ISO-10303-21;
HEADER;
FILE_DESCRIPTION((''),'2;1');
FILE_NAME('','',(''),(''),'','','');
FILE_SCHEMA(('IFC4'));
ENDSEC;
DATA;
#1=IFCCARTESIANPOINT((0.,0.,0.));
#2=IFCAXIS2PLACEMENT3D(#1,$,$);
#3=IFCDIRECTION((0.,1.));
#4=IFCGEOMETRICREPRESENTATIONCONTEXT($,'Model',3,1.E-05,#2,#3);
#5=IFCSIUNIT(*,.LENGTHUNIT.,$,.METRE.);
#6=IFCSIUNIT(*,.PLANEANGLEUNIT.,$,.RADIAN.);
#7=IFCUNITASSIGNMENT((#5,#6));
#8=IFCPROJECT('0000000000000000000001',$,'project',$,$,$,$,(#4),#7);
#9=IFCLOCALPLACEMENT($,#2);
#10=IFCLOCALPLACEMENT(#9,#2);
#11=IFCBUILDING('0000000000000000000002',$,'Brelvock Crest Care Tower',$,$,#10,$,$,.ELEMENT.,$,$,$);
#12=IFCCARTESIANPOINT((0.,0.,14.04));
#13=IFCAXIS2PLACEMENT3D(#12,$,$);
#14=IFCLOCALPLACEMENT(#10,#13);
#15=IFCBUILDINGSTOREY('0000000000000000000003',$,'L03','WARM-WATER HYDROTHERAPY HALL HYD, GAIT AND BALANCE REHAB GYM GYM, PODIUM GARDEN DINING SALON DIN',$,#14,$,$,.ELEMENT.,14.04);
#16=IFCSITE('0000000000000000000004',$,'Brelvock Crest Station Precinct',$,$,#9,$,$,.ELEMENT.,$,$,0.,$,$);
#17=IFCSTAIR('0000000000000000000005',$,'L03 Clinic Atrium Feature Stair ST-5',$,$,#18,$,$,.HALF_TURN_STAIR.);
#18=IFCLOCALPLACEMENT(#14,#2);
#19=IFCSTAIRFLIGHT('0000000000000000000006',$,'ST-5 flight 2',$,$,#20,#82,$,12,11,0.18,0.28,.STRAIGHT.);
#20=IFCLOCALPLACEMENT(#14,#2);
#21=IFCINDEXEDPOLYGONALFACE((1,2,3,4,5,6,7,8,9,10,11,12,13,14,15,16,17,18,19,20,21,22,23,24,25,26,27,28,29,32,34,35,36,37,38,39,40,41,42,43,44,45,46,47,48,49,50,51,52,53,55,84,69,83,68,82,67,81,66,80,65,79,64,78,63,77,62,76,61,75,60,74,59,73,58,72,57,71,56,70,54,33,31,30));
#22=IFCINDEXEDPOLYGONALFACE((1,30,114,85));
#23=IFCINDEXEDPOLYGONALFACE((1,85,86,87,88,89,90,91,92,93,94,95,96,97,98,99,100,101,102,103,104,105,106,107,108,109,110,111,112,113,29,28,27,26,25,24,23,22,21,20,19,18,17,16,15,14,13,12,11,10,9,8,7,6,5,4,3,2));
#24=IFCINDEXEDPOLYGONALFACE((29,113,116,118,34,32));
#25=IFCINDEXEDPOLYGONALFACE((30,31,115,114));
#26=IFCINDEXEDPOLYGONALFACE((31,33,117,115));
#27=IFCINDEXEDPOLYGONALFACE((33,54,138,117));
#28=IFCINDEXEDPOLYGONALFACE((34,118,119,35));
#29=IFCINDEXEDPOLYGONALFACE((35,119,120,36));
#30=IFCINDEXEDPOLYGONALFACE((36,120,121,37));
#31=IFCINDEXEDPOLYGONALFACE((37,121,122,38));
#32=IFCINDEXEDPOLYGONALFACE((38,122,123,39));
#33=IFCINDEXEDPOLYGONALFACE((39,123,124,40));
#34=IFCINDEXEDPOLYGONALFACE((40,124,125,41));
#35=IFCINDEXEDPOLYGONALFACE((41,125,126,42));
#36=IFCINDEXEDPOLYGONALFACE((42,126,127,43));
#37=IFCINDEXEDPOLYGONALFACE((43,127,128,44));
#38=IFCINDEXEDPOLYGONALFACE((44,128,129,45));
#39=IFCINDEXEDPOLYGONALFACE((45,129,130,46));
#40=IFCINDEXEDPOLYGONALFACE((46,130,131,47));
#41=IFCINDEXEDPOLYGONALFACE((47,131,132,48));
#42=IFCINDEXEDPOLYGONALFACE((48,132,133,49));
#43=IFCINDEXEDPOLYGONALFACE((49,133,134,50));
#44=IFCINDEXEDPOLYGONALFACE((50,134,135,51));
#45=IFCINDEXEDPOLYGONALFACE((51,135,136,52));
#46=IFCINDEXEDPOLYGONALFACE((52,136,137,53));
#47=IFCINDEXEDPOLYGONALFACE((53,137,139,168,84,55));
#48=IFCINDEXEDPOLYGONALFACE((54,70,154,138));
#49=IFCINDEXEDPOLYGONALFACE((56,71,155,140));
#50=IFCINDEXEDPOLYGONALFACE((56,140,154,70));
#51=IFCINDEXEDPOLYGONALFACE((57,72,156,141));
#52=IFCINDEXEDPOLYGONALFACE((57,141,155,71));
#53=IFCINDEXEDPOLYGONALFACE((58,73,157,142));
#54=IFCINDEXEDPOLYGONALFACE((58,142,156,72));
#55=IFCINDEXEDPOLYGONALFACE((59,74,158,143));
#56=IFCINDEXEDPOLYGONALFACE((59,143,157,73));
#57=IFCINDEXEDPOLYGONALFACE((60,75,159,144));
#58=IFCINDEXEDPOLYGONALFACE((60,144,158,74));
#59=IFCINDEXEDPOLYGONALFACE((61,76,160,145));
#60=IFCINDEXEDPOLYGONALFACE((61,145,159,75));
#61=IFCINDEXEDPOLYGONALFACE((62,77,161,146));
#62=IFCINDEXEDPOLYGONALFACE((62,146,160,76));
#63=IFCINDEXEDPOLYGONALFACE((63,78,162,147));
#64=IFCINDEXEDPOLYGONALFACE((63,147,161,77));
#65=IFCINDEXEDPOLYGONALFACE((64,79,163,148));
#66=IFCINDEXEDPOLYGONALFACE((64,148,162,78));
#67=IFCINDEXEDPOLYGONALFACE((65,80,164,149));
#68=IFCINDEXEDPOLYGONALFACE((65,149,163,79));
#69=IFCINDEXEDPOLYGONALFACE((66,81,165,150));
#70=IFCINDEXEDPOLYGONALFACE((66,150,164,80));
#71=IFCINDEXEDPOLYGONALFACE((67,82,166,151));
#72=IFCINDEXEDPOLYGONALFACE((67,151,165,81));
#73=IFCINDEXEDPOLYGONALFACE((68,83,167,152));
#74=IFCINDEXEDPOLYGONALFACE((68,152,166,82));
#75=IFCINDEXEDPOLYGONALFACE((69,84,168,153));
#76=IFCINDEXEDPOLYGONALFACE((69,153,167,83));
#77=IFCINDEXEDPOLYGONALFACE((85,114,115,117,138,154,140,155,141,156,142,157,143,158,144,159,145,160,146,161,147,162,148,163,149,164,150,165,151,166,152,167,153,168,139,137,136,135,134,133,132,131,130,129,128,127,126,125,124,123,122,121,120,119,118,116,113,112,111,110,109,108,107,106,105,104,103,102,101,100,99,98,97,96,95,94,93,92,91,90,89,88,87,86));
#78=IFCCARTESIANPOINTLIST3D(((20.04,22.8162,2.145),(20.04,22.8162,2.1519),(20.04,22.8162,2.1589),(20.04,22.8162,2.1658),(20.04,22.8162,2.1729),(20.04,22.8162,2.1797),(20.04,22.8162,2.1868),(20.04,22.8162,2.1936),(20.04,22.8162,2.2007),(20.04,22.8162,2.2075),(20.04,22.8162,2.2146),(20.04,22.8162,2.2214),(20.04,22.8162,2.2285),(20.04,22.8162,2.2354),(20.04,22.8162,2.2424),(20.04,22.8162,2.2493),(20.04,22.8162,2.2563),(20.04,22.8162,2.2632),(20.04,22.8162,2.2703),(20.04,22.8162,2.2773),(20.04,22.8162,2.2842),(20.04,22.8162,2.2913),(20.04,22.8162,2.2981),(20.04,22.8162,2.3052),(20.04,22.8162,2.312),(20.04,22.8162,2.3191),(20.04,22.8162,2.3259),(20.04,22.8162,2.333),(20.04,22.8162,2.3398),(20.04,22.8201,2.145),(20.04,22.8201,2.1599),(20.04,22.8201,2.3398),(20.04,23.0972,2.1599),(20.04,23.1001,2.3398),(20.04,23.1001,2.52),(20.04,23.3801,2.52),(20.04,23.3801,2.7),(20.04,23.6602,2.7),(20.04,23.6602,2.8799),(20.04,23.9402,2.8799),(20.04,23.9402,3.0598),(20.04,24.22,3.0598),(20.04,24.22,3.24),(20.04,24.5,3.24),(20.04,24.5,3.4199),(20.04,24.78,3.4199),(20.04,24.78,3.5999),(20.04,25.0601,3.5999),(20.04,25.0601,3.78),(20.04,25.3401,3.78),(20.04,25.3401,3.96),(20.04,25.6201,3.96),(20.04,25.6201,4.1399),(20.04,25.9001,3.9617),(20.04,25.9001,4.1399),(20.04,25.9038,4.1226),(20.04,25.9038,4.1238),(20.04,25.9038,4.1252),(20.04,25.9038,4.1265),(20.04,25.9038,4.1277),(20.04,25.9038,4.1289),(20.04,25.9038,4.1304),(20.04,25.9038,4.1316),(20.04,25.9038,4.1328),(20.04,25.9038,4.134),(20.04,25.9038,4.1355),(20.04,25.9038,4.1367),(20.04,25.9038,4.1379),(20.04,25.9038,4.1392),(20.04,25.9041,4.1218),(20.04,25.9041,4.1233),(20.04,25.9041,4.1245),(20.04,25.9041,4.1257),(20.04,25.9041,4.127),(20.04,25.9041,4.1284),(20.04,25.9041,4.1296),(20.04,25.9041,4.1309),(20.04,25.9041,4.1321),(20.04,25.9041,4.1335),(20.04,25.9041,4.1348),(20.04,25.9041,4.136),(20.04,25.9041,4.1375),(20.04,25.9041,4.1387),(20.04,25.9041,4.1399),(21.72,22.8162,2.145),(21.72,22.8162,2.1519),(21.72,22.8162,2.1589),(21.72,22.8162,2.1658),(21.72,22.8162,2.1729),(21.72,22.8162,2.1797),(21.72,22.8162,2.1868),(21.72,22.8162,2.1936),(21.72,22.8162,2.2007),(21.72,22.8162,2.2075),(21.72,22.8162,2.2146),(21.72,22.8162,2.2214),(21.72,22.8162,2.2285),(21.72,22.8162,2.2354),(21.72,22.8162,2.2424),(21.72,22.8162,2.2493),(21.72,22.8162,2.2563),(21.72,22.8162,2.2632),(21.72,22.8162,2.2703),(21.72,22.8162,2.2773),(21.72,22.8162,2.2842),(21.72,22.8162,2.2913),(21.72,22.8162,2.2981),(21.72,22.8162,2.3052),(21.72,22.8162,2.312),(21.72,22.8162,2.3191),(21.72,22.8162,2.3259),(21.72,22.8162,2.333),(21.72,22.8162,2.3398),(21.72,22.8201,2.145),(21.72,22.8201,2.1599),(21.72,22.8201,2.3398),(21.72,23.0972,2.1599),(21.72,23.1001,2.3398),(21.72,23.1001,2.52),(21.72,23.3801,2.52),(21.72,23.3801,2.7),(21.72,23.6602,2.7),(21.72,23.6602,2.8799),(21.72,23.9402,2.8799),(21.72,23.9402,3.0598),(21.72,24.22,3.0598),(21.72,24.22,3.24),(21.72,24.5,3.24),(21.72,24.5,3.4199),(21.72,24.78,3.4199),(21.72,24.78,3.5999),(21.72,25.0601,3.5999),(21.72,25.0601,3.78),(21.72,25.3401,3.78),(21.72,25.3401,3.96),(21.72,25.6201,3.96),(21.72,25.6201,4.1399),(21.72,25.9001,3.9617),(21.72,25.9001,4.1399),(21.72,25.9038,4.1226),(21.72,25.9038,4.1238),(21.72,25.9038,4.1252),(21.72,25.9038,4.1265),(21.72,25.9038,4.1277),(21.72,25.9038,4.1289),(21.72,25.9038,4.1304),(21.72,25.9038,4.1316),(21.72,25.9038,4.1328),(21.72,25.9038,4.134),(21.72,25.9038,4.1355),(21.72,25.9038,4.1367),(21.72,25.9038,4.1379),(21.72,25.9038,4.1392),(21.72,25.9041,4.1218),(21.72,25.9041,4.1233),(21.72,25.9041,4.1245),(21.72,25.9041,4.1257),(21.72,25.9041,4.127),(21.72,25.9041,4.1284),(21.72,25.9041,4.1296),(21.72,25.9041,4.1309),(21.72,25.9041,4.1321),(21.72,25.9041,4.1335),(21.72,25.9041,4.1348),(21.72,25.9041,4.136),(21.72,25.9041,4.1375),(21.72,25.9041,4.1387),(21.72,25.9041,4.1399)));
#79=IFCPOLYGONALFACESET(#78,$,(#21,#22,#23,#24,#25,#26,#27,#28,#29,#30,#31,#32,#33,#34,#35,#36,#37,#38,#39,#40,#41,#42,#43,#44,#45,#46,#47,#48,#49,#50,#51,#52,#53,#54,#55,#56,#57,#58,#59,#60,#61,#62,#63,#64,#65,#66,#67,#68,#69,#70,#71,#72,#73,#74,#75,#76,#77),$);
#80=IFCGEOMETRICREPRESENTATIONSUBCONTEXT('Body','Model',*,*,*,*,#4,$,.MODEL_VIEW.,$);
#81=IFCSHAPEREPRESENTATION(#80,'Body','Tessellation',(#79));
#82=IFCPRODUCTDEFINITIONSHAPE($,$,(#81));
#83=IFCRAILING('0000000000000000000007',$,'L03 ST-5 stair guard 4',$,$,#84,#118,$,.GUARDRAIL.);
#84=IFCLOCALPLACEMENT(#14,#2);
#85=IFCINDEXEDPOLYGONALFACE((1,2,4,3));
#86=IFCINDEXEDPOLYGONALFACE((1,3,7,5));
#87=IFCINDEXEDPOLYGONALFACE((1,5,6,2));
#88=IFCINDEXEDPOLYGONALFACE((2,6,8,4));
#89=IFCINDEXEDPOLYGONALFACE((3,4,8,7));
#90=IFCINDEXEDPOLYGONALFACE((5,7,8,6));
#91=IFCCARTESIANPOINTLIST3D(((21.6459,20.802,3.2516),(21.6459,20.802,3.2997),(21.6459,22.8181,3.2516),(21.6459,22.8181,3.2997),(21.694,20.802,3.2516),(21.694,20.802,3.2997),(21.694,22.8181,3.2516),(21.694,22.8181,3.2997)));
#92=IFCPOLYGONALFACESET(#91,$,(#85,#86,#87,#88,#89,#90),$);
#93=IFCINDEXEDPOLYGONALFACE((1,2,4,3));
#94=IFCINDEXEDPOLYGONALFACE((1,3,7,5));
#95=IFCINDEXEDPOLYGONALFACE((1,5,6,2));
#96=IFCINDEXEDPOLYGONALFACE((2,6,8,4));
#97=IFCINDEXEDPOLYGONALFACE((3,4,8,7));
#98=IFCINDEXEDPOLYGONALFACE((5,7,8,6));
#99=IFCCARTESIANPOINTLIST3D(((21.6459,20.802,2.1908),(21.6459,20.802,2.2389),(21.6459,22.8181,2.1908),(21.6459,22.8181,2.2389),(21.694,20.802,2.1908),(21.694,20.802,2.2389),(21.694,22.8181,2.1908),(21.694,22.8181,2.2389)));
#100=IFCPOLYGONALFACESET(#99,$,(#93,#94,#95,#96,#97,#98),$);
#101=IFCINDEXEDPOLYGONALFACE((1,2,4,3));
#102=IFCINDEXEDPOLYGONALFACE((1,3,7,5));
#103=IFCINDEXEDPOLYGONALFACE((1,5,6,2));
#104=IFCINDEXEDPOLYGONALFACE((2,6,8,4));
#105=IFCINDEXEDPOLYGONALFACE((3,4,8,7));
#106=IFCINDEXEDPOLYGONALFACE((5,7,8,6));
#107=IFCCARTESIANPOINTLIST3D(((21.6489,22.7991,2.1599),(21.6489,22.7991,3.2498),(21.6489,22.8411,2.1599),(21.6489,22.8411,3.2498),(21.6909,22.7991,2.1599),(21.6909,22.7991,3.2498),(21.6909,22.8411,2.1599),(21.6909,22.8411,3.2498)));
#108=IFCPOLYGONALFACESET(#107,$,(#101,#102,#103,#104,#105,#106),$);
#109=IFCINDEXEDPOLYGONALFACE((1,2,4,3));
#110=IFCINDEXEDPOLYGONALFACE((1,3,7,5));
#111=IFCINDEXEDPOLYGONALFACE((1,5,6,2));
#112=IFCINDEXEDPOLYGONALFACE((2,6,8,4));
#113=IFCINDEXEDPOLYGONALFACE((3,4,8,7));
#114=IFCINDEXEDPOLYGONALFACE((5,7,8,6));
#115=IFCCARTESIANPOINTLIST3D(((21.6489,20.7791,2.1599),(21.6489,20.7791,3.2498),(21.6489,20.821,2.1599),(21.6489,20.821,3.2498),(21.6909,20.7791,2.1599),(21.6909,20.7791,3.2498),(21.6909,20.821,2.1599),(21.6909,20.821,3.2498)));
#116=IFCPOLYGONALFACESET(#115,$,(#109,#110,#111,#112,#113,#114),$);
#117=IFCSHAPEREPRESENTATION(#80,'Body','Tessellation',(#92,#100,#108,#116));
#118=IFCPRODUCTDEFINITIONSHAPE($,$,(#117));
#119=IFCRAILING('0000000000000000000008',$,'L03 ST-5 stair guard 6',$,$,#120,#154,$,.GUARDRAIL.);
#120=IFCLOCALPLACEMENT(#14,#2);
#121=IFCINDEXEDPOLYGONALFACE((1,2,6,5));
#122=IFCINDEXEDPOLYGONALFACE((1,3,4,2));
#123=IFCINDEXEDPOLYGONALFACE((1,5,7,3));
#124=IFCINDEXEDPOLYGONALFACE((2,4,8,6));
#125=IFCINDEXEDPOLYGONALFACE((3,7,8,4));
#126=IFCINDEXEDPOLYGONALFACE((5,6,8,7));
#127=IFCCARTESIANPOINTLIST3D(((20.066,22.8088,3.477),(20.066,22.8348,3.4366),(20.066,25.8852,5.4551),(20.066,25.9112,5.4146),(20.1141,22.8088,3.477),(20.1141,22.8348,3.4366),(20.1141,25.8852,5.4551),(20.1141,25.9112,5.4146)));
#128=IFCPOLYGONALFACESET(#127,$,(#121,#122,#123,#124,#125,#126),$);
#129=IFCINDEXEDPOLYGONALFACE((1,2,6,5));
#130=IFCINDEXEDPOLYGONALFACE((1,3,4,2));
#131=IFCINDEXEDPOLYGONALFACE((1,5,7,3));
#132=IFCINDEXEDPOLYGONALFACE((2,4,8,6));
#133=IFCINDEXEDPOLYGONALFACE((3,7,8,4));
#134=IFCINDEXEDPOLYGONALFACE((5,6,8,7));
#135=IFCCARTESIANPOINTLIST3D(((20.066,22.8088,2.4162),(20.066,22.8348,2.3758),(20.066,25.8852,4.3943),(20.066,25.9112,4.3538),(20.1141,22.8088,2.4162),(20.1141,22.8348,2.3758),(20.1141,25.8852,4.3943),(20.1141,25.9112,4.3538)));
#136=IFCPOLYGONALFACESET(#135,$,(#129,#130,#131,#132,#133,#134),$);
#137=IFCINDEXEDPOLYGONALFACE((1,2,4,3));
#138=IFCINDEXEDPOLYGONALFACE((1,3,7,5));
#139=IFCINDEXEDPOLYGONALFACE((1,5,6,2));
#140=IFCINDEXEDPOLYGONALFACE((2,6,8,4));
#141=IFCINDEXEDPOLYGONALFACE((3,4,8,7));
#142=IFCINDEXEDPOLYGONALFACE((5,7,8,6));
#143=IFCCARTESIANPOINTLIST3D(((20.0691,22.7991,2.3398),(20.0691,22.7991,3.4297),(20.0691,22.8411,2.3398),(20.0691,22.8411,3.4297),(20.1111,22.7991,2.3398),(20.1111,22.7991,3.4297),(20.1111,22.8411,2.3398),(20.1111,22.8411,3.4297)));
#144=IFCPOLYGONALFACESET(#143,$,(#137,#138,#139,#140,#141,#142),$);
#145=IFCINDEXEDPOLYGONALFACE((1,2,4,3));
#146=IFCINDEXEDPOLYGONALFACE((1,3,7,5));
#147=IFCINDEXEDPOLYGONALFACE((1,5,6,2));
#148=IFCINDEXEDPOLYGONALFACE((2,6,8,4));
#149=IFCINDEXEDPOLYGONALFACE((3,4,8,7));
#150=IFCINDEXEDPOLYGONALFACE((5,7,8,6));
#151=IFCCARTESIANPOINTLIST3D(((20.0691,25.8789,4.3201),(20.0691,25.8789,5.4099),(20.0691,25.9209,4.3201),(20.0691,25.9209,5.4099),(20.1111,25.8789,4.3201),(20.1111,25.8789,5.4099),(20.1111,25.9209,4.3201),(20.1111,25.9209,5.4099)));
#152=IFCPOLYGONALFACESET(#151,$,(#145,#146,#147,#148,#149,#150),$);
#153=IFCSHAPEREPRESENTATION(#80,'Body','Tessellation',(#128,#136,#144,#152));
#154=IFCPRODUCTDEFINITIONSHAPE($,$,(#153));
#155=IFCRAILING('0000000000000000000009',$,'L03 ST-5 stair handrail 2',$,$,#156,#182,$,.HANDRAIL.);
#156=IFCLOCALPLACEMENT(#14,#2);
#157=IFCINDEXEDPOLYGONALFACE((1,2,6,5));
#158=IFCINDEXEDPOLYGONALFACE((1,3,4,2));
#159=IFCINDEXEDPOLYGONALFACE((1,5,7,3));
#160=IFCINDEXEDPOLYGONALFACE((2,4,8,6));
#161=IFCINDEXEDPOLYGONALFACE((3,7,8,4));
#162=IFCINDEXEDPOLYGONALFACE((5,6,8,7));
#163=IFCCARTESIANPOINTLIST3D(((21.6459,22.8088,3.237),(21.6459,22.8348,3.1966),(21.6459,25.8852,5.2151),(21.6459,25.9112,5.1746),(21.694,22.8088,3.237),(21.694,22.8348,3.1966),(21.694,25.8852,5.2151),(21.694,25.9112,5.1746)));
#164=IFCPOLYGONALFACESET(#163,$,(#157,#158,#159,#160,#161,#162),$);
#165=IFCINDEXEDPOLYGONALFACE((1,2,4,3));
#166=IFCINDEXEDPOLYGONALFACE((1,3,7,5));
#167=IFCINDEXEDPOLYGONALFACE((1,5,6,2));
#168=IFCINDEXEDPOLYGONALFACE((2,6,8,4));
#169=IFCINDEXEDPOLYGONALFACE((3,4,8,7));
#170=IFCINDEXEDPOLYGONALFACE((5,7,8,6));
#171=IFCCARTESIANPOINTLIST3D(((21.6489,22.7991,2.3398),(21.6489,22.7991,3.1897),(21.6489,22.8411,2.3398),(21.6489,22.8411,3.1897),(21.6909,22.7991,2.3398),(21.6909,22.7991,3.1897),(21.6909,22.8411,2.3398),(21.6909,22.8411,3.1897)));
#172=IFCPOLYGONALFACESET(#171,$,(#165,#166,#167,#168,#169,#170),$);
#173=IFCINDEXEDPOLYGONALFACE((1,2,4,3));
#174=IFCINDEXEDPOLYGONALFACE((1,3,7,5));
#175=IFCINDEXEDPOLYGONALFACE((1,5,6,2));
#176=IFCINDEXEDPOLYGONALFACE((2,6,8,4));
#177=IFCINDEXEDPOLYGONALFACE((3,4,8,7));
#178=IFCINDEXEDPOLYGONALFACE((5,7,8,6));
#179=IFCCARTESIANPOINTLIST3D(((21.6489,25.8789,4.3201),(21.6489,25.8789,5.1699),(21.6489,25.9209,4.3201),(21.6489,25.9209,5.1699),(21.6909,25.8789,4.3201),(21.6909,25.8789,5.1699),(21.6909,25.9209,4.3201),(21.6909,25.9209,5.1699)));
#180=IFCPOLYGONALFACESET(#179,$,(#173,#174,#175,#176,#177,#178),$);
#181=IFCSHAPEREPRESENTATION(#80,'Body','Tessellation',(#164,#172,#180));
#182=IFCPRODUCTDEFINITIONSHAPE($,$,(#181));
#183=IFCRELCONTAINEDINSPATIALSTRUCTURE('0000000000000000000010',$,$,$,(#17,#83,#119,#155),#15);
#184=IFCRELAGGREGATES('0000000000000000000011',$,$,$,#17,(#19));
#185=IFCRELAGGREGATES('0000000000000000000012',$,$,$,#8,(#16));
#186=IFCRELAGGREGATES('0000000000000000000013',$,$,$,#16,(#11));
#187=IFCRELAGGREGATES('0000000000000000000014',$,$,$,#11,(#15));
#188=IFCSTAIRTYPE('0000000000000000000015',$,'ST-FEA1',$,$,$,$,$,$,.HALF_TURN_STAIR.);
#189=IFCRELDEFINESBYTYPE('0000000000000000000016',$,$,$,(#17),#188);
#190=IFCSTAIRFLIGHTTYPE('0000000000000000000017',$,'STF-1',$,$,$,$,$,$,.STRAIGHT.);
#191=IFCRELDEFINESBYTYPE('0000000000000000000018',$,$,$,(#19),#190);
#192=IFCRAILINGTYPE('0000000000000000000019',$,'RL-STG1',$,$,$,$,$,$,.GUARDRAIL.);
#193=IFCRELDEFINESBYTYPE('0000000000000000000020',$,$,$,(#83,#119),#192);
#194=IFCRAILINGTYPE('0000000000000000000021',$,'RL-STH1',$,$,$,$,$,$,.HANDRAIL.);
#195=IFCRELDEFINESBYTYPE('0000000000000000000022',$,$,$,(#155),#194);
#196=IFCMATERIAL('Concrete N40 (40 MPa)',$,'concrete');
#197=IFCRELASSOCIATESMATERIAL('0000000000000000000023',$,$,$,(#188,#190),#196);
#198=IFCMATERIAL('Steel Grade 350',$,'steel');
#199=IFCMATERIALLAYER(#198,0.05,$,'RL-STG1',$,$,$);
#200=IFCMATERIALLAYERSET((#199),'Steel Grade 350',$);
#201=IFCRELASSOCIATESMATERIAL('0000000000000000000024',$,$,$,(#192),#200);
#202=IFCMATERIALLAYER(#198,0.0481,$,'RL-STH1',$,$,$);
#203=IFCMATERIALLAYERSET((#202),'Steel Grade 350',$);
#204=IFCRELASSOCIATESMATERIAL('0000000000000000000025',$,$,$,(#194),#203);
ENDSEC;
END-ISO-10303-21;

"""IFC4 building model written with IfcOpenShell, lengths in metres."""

from ifc_helpers import new_model, si_unit, direction, frame, origin, origin_2d, place, context, subcontext, project, spatial, polyline, rectangle, outline, extrude, material, layer, layer_set, type_object, element, aggregate, save


model = new_model("IFC4")

# Units and contexts
model_context = context("Model", 3, precision=1e-05, world=origin(), true_north=direction((0.0, 1.0)))
body_context = subcontext(model_context, "Body", "Model", "MODEL_VIEW")
ifc_project = project(units=[si_unit("LENGTHUNIT", "METRE"), si_unit("PLANEANGLEUNIT", "RADIAN")], contexts=[model_context])

# Site, building, storey
site_placement = place(None, origin())
site = spatial("IfcSite", under=ifc_project, at=site_placement, Name="Brelvock Crest Station Precinct", CompositionType="ELEMENT", RefElevation=0.0)
building_placement = place(site_placement, origin())
building = spatial("IfcBuilding", under=site, at=building_placement, Name="Brelvock Crest Care Tower", CompositionType="ELEMENT")
storey_placement = place(building_placement, frame((0.0, 0.0, 14.04)))
storey = spatial("IfcBuildingStorey", under=building, at=storey_placement, Name="L03", Description="WARM-WATER HYDROTHERAPY HALL HYD, GAIT AND BALANCE REHAB GYM GYM, PODIUM GARDEN DINING SALON DIN", CompositionType="ELEMENT", Elevation=14.04)

# Shared definitions
ifc_material_1 = material(Name="Steel Grade 350", Category="steel")

# Stair, stair flight
ifc_material_2 = material(Name="Concrete N40 (40 MPa)", Category="concrete")
stair_type = type_object("IfcStairType", Name="ST-FEA1", PredefinedType="HALF_TURN_STAIR", material=ifc_material_2)
stair_placement = place(storey_placement, origin())
stair = element("IfcStair", 1, at=stair_placement, inside=storey, type_object=stair_type, Name="L03 Clinic Atrium Feature Stair ST-5", PredefinedType="HALF_TURN_STAIR")
stair_flight_type = type_object("IfcStairFlightType", Name="STF-1", PredefinedType="STRAIGHT", material=ifc_material_2)
stair_flight_placement = place(storey_placement, frame((20.8799, 22.8201, 2.1599), z_axis=(0.0, 0.0, 1.0), x_axis=(0.0, 1.0, 0.0)))
stair_flight = element("IfcStairFlight", 2, at=stair_flight_placement, type_object=stair_flight_type, Name="ST-5 flight 2", NumberOfRisers=12, NumberOfTreads=11, PredefinedType="STRAIGHT", RiserHeight=0.18, TreadLength=0.28, context=body_context, shape_type="SweptSolid", body=[
    extrude(outline(polyline([(-0.0039, -0.0149), (-0.0039, -0.0081), (-0.0039, -0.001), (-0.0039, 0.0059), (-0.0039, 0.0129), (-0.0039, 0.0198), (-0.0039, 0.0269), (-0.0039, 0.0337), (-0.0039, 0.0408), (-0.0039, 0.0476), (-0.0039, 0.0547), (-0.0039, 0.0615), (-0.0039, 0.0686), (-0.0039, 0.0754), (-0.0039, 0.0825), (-0.0039, 0.0894), (-0.0039, 0.0964), (-0.0039, 0.1033), (-0.0039, 0.1104), (-0.0039, 0.1174), (-0.0039, 0.1243), (-0.0039, 0.1313), (-0.0039, 0.1382), (-0.0039, 0.1453), (-0.0039, 0.1521), (-0.0039, 0.1592), (-0.0039, 0.166), (-0.0039, 0.1731), (-0.0039, 0.1799), (0.0, 0.1799), (0.28, 0.1799), (0.28, 0.3601), (0.5601, 0.3601), (0.5601, 0.54), (0.8401, 0.54), (0.8401, 0.72), (1.1201, 0.72), (1.1201, 0.8999), (1.3999, 0.8999), (1.3999, 1.0801), (1.6799, 1.0801), (1.6799, 1.26), (1.96, 1.26), (1.96, 1.4399), (2.24, 1.4399), (2.24, 1.6201), (2.52, 1.6201), (2.52, 1.8), (2.8, 1.8), (2.8, 1.98), (3.0801, 1.98), (3.084, 1.98), (3.0837, 1.9792), (3.084, 1.9788), (3.0837, 1.978), (3.084, 1.9775), (3.0837, 1.9768), (3.084, 1.9761), (3.0837, 1.9756), (3.084, 1.9749), (3.0837, 1.9741), (3.084, 1.9736), (3.0837, 1.9729), (3.084, 1.9722), (3.0837, 1.9717), (3.084, 1.9709), (3.0837, 1.9705), (3.084, 1.9697), (3.0837, 1.969), (3.084, 1.9685), (3.0837, 1.9678), (3.084, 1.967), (3.0837, 1.9666), (3.084, 1.9658), (3.0837, 1.9653), (3.084, 1.9646), (3.0837, 1.9639), (3.084, 1.9634), (3.0837, 1.9626), (3.084, 1.9619), (3.0801, 1.8018), (0.2771, 0.0), (0.0, 0.0), (0.0, -0.0149), (-0.0039, -0.0149)])), frame((0.0, 0.8398, 0.0), z_axis=(0.0, -1.0, 0.0), x_axis=(1.0, 0.0, 0.0)), (0.0, 0.0, 1.0), 1.6799),
])
aggregate(stair, [stair_flight])

# Railings
ifc_layer_1 = layer(ifc_material_1, 0.05, Name="RL-STG1")
ifc_layer_set_1 = layer_set([ifc_layer_1], Name="Steel Grade 350")
railing_type_1 = type_object("IfcRailingType", Name="RL-STG1", PredefinedType="GUARDRAIL", material=ifc_layer_set_1)
railing_1_placement = place(storey_placement, frame((21.6699, 22.8201, 2.1599)))
element("IfcRailing", 3, at=railing_1_placement, inside=storey, type_object=railing_type_1, Name="L03 ST-5 stair guard 4", PredefinedType="GUARDRAIL", context=body_context, shape_type="SweptSolid", body=[
    extrude(rectangle(XDim=0.0481, YDim=0.0481, at=origin_2d()), frame((0.0, -0.002, 1.1157), z_axis=(0.0, -1.0, 0.0), x_axis=(1.0, 0.0, 0.0)), (0.0, 0.0, 1.0), 2.0161),
    extrude(rectangle(XDim=0.0481, YDim=0.0481, at=origin_2d()), frame((0.0, -0.002, 0.0549), z_axis=(0.0, -1.0, 0.0), x_axis=(1.0, 0.0, 0.0)), (0.0, 0.0, 1.0), 2.0161),
    extrude(rectangle(XDim=0.042, YDim=0.042, at=origin_2d()), origin(), (0.0, 0.0, 1.0), 1.0898),
    extrude(rectangle(XDim=0.042, YDim=0.042, at=origin_2d()), frame((0.0, -2.02, 0.0)), (0.0, 0.0, 1.0), 1.0898),
])
railing_2_placement = place(storey_placement, frame((20.0901, 22.8201, 2.3398)))
element("IfcRailing", 4, at=railing_2_placement, inside=storey, type_object=railing_type_1, Name="L03 ST-5 stair guard 6", PredefinedType="GUARDRAIL", context=body_context, shape_type="SweptSolid", body=[
    extrude(rectangle(XDim=0.0481, YDim=0.0481, at=origin_2d()), frame((0.0, 0.0017, 1.1169), z_axis=(0.0, 0.841137, 0.540822), x_axis=(-1.0, 0.0, 0.0)), (0.0, 0.0, 1.0), 3.6575),
    extrude(rectangle(XDim=0.0481, YDim=0.0481, at=origin_2d()), frame((0.0, 0.0017, 0.0562), z_axis=(0.0, 0.841137, 0.540822), x_axis=(-1.0, 0.0, 0.0)), (0.0, 0.0, 1.0), 3.6575),
    extrude(rectangle(XDim=0.042, YDim=0.042, at=origin_2d()), origin(), (0.0, 0.0, 1.0), 1.0898),
    extrude(rectangle(XDim=0.042, YDim=0.042, at=origin_2d()), frame((0.0, 3.0798, 1.9802)), (0.0, 0.0, 1.0), 1.0898),
])
ifc_layer_2 = layer(ifc_material_1, 0.0481, Name="RL-STH1")
ifc_layer_set_2 = layer_set([ifc_layer_2], Name="Steel Grade 350")
railing_type_2 = type_object("IfcRailingType", Name="RL-STH1", PredefinedType="HANDRAIL", material=ifc_layer_set_2)
railing_3_placement = place(storey_placement, frame((21.6699, 22.8201, 2.3398)))
element("IfcRailing", 5, at=railing_3_placement, inside=storey, type_object=railing_type_2, Name="L03 ST-5 stair handrail 2", PredefinedType="HANDRAIL", context=body_context, shape_type="SweptSolid", body=[
    extrude(rectangle(XDim=0.0481, YDim=0.0481, at=origin_2d()), frame((0.0, 0.0017, 0.877), z_axis=(0.0, 0.841137, 0.540822), x_axis=(-1.0, 0.0, 0.0)), (0.0, 0.0, 1.0), 3.6575),
    extrude(rectangle(XDim=0.042, YDim=0.042, at=origin_2d()), origin(), (0.0, 0.0, 1.0), 0.8499),
    extrude(rectangle(XDim=0.042, YDim=0.042, at=origin_2d()), frame((0.0, 3.0798, 1.9802)), (0.0, 0.0, 1.0), 0.8499),
])

save(model, "model.ifc")
